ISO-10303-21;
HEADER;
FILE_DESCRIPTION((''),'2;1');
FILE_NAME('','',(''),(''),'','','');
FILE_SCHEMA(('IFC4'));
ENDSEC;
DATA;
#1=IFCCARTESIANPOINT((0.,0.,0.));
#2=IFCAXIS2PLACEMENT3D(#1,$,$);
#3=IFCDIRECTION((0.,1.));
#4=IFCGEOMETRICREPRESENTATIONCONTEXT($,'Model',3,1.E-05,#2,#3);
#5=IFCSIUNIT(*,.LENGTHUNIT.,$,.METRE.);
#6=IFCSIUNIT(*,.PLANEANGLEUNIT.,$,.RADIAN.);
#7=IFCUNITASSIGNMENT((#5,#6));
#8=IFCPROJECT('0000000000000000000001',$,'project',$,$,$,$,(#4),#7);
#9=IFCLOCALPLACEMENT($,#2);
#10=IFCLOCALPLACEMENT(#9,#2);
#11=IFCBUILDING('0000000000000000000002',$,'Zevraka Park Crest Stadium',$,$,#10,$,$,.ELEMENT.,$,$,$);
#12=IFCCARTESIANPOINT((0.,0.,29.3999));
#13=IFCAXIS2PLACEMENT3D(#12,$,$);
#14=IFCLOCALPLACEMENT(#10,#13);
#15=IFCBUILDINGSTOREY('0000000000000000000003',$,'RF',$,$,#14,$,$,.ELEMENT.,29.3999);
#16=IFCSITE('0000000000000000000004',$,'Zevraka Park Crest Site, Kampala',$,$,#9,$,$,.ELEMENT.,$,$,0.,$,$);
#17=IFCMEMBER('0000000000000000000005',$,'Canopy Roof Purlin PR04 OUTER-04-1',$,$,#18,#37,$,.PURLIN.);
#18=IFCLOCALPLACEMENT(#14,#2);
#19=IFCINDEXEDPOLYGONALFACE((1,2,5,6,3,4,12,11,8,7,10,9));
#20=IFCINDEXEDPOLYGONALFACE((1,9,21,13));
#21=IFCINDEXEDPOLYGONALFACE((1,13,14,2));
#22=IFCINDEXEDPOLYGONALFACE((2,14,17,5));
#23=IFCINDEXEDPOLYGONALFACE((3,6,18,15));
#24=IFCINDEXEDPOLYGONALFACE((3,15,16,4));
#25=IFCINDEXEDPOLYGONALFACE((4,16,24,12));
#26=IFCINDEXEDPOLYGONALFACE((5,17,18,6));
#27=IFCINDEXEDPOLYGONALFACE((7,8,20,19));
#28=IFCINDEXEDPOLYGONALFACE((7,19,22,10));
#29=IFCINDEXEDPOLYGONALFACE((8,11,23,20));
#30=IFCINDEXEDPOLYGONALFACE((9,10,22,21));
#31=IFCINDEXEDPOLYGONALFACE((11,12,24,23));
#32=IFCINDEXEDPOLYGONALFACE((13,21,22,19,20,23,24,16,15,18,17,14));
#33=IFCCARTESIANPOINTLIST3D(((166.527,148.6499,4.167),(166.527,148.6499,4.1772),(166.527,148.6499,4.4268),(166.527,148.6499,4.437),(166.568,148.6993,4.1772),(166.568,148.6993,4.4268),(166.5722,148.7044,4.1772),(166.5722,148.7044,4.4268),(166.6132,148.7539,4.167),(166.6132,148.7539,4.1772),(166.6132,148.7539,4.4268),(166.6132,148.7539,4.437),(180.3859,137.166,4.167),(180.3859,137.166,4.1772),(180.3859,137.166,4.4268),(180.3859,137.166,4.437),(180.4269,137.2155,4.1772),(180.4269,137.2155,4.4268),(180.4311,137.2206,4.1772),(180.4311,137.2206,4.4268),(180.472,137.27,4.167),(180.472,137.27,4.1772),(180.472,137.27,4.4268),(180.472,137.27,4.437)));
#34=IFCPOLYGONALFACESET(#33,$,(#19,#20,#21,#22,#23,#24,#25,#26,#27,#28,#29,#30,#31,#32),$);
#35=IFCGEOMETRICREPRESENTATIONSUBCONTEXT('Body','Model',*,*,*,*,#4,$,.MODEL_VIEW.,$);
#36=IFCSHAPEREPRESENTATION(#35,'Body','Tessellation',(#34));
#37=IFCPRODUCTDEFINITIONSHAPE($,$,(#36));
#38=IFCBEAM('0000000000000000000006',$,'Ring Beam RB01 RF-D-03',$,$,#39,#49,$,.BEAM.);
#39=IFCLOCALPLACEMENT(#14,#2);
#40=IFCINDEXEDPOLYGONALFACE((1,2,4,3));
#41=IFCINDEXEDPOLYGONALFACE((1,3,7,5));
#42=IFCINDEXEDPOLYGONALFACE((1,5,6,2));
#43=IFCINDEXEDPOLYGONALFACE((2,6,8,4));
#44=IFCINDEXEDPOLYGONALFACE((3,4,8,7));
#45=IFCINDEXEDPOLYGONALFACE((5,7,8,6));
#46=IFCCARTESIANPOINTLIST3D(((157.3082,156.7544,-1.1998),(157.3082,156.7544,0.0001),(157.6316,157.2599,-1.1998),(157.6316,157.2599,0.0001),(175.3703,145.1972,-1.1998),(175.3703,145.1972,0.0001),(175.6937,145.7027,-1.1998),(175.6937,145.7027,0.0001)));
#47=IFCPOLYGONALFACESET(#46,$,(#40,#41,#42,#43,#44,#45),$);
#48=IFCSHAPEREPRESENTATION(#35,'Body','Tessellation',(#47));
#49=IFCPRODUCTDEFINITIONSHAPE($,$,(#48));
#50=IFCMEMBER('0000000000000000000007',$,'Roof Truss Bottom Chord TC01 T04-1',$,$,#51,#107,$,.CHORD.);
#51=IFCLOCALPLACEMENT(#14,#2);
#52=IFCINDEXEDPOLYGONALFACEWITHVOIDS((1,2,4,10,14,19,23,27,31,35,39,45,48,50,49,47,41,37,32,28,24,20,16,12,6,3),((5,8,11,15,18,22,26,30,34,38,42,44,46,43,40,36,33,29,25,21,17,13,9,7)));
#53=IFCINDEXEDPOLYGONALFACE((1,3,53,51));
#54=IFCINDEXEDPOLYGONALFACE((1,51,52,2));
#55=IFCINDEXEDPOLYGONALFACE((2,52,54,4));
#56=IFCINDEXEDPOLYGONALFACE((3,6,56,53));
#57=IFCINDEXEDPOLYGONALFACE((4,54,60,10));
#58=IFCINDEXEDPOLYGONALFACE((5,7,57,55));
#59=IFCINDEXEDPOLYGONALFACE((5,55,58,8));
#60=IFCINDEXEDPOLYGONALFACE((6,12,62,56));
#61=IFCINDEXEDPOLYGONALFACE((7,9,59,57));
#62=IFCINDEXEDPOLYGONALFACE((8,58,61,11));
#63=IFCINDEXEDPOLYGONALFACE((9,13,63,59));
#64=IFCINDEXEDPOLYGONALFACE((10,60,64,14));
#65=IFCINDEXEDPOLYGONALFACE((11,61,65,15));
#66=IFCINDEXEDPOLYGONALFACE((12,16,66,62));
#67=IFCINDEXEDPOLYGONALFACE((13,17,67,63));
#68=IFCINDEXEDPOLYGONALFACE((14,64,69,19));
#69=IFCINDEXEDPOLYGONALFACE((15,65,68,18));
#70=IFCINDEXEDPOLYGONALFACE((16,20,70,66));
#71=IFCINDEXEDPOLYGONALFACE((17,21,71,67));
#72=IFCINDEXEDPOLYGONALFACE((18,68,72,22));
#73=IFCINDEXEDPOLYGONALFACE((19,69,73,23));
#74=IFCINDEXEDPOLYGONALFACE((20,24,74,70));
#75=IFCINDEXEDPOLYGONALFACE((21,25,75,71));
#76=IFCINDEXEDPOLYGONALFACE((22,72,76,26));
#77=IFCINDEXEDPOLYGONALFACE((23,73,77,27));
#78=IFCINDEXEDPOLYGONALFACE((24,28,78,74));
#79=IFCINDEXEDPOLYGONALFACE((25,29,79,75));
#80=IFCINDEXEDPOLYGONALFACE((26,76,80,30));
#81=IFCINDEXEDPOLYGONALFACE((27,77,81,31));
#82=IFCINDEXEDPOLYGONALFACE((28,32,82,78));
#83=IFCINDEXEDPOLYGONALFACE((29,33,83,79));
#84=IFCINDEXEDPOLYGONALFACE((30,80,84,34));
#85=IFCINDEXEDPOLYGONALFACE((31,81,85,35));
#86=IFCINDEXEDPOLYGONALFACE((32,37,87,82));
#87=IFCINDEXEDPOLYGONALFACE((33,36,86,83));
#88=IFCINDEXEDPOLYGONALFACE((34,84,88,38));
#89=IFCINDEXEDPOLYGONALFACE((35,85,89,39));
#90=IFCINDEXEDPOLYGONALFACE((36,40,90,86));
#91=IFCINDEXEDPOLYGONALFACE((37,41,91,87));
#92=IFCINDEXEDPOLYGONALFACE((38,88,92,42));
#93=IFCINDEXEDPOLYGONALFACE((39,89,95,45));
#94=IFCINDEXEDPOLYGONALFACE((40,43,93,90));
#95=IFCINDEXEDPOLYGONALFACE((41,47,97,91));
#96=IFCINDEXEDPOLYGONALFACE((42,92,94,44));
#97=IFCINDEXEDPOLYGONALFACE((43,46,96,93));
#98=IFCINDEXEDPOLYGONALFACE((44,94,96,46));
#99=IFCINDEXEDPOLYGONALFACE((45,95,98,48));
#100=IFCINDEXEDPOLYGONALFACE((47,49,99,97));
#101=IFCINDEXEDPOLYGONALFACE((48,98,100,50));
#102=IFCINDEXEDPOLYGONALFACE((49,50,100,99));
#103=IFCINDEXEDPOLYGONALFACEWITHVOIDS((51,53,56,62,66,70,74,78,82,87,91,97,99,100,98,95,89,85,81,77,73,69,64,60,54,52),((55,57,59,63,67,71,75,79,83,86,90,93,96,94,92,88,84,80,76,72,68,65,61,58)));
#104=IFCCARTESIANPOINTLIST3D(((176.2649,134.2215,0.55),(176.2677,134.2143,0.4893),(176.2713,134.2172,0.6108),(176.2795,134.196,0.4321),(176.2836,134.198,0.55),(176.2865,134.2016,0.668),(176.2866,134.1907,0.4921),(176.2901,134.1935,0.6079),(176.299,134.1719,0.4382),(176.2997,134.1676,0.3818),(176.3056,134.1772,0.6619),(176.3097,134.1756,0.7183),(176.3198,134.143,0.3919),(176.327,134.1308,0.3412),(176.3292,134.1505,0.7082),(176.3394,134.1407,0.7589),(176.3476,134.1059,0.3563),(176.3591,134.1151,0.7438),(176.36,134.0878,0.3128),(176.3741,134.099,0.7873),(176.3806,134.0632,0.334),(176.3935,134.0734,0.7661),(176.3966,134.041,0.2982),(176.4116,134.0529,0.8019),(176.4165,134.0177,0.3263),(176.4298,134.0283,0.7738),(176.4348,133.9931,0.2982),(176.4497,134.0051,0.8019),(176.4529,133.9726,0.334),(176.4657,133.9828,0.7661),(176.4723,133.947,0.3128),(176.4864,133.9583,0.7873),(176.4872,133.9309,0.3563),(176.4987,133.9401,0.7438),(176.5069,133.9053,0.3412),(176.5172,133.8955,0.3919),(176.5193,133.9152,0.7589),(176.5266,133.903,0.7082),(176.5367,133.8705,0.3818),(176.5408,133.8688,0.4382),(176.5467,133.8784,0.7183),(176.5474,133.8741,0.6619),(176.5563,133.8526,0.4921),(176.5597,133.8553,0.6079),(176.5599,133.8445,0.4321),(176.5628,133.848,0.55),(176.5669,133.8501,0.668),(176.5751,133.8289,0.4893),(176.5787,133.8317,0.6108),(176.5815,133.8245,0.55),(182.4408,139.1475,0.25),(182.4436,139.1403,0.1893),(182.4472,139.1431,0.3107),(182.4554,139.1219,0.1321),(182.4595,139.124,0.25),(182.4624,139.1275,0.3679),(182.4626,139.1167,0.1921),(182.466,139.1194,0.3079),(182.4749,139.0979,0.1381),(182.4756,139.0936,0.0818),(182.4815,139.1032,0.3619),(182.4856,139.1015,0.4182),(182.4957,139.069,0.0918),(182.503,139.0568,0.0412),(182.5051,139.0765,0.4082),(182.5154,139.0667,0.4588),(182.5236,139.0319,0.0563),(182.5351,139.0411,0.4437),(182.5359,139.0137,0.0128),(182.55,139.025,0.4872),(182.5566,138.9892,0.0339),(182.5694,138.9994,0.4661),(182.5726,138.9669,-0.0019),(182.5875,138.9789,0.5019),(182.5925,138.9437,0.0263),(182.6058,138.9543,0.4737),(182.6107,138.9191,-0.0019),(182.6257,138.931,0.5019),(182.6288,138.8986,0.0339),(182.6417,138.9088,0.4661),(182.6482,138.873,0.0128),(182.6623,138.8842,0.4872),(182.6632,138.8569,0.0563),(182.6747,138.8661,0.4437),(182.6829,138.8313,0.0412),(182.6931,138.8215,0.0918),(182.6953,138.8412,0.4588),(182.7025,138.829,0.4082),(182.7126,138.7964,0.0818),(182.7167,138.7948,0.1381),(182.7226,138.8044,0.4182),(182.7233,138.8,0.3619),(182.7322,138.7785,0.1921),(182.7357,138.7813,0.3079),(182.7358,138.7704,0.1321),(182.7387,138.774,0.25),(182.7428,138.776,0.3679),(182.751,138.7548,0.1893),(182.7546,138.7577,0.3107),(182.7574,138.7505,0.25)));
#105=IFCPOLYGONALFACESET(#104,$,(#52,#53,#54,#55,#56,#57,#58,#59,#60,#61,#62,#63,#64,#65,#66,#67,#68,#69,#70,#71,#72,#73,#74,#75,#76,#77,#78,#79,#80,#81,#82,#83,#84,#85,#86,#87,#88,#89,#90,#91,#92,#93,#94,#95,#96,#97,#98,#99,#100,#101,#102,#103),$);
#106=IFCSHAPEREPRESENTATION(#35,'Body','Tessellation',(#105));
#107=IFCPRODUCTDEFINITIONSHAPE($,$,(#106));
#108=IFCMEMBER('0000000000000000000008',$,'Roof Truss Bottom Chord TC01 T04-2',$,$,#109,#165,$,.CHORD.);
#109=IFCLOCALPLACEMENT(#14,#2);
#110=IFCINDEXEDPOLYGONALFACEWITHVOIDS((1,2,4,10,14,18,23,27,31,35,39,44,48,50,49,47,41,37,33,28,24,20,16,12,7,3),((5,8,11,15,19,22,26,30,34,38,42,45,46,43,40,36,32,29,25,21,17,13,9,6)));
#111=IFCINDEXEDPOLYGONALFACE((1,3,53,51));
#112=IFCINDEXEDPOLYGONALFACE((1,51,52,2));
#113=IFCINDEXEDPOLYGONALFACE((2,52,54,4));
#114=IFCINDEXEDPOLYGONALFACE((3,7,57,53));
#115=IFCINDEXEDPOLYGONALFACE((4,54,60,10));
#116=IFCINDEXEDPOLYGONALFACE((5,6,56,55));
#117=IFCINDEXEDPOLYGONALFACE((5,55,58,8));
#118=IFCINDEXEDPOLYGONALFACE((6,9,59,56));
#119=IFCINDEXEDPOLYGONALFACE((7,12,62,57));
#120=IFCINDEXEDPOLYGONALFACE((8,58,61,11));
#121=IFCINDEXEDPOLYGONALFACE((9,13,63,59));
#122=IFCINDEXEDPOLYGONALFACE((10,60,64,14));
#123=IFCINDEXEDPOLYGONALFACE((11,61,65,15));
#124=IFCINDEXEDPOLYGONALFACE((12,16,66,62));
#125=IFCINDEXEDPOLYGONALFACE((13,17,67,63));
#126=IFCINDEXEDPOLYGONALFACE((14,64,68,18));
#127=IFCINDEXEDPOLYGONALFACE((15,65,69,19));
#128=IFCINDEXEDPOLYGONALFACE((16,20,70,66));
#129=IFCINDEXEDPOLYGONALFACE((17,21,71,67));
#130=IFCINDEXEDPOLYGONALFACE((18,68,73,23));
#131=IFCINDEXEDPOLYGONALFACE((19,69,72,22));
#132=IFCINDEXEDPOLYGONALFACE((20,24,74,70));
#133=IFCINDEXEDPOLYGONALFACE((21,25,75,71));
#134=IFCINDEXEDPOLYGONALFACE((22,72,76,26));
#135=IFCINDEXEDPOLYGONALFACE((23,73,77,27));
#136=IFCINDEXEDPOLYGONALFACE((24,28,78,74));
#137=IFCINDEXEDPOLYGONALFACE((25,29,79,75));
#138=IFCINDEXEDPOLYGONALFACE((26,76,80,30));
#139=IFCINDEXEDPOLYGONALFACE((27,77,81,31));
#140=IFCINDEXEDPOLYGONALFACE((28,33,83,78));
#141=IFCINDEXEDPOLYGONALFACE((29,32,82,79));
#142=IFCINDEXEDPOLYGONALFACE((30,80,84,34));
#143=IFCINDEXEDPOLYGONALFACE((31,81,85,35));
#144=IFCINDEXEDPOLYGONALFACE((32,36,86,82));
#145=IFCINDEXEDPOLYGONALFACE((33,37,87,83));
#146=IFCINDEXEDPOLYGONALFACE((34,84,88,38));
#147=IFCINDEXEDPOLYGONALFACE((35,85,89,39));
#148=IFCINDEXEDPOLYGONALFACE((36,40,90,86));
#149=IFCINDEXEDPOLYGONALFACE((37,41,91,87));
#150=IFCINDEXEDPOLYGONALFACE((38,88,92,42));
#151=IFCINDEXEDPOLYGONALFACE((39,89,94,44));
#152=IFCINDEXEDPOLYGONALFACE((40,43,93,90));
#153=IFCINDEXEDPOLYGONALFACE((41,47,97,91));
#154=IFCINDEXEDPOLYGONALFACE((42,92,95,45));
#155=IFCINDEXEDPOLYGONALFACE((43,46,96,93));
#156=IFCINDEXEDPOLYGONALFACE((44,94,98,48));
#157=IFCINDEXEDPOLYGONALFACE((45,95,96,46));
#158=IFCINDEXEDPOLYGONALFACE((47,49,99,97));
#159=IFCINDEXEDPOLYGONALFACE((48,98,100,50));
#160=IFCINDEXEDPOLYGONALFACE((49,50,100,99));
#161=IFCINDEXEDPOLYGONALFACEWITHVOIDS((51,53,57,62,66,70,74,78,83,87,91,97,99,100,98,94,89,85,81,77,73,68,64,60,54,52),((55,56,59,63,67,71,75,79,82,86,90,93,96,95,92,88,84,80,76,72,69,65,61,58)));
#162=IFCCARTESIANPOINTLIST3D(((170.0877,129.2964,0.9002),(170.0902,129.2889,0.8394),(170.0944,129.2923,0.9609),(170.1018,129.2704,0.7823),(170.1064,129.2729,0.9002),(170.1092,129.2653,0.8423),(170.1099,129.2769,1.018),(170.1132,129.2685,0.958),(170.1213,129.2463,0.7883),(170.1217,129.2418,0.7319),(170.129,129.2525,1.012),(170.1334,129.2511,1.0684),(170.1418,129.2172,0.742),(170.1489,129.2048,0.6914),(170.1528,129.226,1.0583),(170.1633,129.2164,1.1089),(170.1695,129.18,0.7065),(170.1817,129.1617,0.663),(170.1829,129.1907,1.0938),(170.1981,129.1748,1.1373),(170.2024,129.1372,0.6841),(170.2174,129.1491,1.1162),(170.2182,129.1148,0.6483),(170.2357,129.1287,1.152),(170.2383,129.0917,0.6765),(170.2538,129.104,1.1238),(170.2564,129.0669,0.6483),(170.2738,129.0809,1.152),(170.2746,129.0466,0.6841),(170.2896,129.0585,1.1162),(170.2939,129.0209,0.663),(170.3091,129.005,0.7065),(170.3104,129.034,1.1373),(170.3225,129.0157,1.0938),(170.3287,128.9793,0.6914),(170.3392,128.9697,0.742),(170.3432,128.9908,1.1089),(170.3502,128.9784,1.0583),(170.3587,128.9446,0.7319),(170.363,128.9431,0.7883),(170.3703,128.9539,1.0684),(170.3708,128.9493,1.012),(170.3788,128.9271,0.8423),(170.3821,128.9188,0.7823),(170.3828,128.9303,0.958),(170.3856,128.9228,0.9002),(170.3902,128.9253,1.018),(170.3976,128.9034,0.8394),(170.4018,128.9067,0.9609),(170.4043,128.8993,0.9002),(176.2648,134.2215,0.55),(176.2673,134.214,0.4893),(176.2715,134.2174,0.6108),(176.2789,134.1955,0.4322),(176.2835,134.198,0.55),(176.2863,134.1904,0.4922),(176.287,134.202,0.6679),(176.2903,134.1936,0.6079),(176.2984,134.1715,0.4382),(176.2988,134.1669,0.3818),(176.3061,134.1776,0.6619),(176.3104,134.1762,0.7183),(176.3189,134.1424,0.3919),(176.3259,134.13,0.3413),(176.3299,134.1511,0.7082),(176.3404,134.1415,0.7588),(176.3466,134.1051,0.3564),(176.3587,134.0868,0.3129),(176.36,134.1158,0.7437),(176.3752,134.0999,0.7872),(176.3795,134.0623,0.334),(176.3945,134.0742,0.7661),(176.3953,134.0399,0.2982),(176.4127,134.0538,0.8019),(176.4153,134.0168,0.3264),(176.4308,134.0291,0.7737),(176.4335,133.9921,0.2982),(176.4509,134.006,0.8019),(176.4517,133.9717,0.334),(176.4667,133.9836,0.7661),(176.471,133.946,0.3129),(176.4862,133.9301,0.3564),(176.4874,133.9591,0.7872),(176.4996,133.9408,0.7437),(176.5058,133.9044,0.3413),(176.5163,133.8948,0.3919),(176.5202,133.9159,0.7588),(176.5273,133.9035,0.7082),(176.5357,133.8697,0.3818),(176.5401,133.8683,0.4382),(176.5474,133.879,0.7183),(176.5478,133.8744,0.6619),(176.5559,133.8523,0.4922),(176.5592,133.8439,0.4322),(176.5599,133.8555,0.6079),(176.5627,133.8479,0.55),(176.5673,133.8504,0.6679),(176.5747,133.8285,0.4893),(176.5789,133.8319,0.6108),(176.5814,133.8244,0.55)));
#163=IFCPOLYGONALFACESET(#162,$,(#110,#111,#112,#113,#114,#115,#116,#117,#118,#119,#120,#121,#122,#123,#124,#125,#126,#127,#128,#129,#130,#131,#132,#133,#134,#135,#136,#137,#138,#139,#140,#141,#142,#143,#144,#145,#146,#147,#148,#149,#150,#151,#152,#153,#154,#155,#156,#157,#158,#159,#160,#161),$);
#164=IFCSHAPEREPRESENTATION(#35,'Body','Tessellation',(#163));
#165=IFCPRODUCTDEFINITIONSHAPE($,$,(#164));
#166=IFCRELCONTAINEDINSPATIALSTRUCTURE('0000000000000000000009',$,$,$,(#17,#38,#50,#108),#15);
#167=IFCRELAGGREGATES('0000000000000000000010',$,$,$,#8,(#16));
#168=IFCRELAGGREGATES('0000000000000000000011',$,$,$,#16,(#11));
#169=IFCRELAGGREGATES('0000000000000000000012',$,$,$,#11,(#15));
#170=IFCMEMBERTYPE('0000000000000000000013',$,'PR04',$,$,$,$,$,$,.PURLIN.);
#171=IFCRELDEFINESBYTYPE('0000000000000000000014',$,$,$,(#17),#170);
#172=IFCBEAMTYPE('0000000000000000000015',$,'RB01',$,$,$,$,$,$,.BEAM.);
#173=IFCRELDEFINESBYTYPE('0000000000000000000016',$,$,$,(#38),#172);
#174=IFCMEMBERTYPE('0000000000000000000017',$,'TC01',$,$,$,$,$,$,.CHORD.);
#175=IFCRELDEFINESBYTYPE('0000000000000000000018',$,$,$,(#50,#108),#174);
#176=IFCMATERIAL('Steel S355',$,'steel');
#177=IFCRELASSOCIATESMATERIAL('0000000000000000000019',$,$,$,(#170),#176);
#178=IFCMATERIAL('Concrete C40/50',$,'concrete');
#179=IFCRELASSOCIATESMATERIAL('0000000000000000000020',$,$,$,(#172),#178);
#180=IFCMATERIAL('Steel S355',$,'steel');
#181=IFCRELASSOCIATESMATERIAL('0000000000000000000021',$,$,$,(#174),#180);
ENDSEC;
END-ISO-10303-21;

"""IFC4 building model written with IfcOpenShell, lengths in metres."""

from ifc_helpers import new_model, si_unit, direction, frame, origin, origin_2d, place, context, subcontext, project, spatial, rectangle, hollow_circle, i_section, extrude, material, material_profile, profile_set, type_object, element, save


model = new_model("IFC4")

# Units and contexts
model_context = context("Model", 3, precision=1e-05, world=origin(), true_north=direction((0.0, 1.0)))
body_context = subcontext(model_context, "Body", "Model", "MODEL_VIEW")
ifc_project = project(units=[si_unit("LENGTHUNIT", "METRE"), si_unit("PLANEANGLEUNIT", "RADIAN")], contexts=[model_context])

# Site, building, storey
site_placement = place(None, origin())
site = spatial("IfcSite", under=ifc_project, at=site_placement, Name="Zevraka Park Crest Site, Kampala", CompositionType="ELEMENT", RefElevation=0.0)
building_placement = place(site_placement, origin())
building = spatial("IfcBuilding", under=site, at=building_placement, Name="Zevraka Park Crest Stadium", CompositionType="ELEMENT")
storey_placement = place(building_placement, frame((0.0, 0.0, 29.3999)))
storey = spatial("IfcBuildingStorey", under=building, at=storey_placement, Name="RF", CompositionType="ELEMENT", Elevation=29.3999)

# Member
ifc_material_1 = material(Name="Steel S355", Category="steel")
ifc_material_profile_1 = material_profile(ifc_material_1, i_section(OverallWidth=0.135, OverallDepth=0.27, WebThickness=0.0066, FlangeThickness=0.0103, at=origin_2d()), Name="IPE 270")
ifc_profile_set_1 = profile_set([ifc_material_profile_1], Name="Steel S355")
member_type_1 = type_object("IfcMemberType", Name="PR04", PredefinedType="PURLIN", material=ifc_profile_set_1)
member_1_placement = place(storey_placement, frame((180.429, 137.218, 4.302), z_axis=(-0.769999, 0.638045, 0.0), x_axis=(-0.638045, -0.769999, 0.0)))
element("IfcMember", 1, at=member_1_placement, inside=storey, type_object=member_type_1, Name="Canopy Roof Purlin PR04 OUTER-04-1", PredefinedType="PURLIN", context=body_context, shape_type="SweptSolid", body=[
    extrude(i_section(OverallWidth=0.135, OverallDepth=0.27, WebThickness=0.0066, FlangeThickness=0.0103, at=origin_2d()), origin(), (0.0, 0.0, 1.0), 17.9985),
])

# Beam
ifc_material_2 = material(Name="Concrete C40/50", Category="concrete")
ifc_material_profile_2 = material_profile(ifc_material_2, rectangle(XDim=0.6001, YDim=1.2, at=origin_2d()), Name="RC 1200x600")
ifc_profile_set_2 = profile_set([ifc_material_profile_2], Name="Concrete C40/50")
beam_type = type_object("IfcBeamType", Name="RB01", PredefinedType="BEAM", material=ifc_profile_set_2)
beam_placement = place(storey_placement, frame((175.532, 145.45, -0.5999), z_axis=(-0.842326, 0.538969, 0.0), x_axis=(-0.538969, -0.842326, 0.0)))
element("IfcBeam", 2, at=beam_placement, inside=storey, type_object=beam_type, Name="Ring Beam RB01 RF-D-03", PredefinedType="BEAM", context=body_context, shape_type="SweptSolid", body=[
    extrude(rectangle(XDim=0.6001, YDim=1.2, at=origin_2d()), origin(), (0.0, 0.0, 1.0), 21.4431),
])

# Members
ifc_material_3 = material(Name="Steel S355", Category="steel")
ifc_material_profile_3 = material_profile(ifc_material_3, hollow_circle(Radius=0.2539, WallThickness=0.03, at=origin_2d()), Name="CHS 508.0x30")
ifc_profile_set_3 = profile_set([ifc_material_profile_3], Name="Steel S355")
member_type_2 = type_object("IfcMemberType", Name="TC01", PredefinedType="CHORD", material=ifc_profile_set_3)
member_2_placement = place(storey_placement, frame((182.5991, 138.949, 0.25), z_axis=(-0.781218, -0.623103, 0.037954), x_axis=(0.623552, -0.781782, 0.0)))
element("IfcMember", 3, at=member_2_placement, inside=storey, type_object=member_type_2, Name="Roof Truss Bottom Chord TC01 T04-1", PredefinedType="CHORD", context=body_context, shape_type="SweptSolid", body=[
    extrude(hollow_circle(Radius=0.2539, WallThickness=0.03, at=origin_2d()), origin(), (0.0, 0.0, 1.0), 7.9055),
])
member_3_placement = place(storey_placement, frame((176.4231, 134.0229, 0.55), z_axis=(-0.781123, -0.622805, 0.044272), x_axis=(0.623417, -0.78189, 0.0)))
element("IfcMember", 4, at=member_3_placement, inside=storey, type_object=member_type_2, Name="Roof Truss Bottom Chord TC01 T04-2", PredefinedType="CHORD", context=body_context, shape_type="SweptSolid", body=[
    extrude(hollow_circle(Radius=0.2539, WallThickness=0.03, at=origin_2d()), origin(), (0.0, 0.0, 1.0), 7.908),
])

save(model, "model.ifc")
